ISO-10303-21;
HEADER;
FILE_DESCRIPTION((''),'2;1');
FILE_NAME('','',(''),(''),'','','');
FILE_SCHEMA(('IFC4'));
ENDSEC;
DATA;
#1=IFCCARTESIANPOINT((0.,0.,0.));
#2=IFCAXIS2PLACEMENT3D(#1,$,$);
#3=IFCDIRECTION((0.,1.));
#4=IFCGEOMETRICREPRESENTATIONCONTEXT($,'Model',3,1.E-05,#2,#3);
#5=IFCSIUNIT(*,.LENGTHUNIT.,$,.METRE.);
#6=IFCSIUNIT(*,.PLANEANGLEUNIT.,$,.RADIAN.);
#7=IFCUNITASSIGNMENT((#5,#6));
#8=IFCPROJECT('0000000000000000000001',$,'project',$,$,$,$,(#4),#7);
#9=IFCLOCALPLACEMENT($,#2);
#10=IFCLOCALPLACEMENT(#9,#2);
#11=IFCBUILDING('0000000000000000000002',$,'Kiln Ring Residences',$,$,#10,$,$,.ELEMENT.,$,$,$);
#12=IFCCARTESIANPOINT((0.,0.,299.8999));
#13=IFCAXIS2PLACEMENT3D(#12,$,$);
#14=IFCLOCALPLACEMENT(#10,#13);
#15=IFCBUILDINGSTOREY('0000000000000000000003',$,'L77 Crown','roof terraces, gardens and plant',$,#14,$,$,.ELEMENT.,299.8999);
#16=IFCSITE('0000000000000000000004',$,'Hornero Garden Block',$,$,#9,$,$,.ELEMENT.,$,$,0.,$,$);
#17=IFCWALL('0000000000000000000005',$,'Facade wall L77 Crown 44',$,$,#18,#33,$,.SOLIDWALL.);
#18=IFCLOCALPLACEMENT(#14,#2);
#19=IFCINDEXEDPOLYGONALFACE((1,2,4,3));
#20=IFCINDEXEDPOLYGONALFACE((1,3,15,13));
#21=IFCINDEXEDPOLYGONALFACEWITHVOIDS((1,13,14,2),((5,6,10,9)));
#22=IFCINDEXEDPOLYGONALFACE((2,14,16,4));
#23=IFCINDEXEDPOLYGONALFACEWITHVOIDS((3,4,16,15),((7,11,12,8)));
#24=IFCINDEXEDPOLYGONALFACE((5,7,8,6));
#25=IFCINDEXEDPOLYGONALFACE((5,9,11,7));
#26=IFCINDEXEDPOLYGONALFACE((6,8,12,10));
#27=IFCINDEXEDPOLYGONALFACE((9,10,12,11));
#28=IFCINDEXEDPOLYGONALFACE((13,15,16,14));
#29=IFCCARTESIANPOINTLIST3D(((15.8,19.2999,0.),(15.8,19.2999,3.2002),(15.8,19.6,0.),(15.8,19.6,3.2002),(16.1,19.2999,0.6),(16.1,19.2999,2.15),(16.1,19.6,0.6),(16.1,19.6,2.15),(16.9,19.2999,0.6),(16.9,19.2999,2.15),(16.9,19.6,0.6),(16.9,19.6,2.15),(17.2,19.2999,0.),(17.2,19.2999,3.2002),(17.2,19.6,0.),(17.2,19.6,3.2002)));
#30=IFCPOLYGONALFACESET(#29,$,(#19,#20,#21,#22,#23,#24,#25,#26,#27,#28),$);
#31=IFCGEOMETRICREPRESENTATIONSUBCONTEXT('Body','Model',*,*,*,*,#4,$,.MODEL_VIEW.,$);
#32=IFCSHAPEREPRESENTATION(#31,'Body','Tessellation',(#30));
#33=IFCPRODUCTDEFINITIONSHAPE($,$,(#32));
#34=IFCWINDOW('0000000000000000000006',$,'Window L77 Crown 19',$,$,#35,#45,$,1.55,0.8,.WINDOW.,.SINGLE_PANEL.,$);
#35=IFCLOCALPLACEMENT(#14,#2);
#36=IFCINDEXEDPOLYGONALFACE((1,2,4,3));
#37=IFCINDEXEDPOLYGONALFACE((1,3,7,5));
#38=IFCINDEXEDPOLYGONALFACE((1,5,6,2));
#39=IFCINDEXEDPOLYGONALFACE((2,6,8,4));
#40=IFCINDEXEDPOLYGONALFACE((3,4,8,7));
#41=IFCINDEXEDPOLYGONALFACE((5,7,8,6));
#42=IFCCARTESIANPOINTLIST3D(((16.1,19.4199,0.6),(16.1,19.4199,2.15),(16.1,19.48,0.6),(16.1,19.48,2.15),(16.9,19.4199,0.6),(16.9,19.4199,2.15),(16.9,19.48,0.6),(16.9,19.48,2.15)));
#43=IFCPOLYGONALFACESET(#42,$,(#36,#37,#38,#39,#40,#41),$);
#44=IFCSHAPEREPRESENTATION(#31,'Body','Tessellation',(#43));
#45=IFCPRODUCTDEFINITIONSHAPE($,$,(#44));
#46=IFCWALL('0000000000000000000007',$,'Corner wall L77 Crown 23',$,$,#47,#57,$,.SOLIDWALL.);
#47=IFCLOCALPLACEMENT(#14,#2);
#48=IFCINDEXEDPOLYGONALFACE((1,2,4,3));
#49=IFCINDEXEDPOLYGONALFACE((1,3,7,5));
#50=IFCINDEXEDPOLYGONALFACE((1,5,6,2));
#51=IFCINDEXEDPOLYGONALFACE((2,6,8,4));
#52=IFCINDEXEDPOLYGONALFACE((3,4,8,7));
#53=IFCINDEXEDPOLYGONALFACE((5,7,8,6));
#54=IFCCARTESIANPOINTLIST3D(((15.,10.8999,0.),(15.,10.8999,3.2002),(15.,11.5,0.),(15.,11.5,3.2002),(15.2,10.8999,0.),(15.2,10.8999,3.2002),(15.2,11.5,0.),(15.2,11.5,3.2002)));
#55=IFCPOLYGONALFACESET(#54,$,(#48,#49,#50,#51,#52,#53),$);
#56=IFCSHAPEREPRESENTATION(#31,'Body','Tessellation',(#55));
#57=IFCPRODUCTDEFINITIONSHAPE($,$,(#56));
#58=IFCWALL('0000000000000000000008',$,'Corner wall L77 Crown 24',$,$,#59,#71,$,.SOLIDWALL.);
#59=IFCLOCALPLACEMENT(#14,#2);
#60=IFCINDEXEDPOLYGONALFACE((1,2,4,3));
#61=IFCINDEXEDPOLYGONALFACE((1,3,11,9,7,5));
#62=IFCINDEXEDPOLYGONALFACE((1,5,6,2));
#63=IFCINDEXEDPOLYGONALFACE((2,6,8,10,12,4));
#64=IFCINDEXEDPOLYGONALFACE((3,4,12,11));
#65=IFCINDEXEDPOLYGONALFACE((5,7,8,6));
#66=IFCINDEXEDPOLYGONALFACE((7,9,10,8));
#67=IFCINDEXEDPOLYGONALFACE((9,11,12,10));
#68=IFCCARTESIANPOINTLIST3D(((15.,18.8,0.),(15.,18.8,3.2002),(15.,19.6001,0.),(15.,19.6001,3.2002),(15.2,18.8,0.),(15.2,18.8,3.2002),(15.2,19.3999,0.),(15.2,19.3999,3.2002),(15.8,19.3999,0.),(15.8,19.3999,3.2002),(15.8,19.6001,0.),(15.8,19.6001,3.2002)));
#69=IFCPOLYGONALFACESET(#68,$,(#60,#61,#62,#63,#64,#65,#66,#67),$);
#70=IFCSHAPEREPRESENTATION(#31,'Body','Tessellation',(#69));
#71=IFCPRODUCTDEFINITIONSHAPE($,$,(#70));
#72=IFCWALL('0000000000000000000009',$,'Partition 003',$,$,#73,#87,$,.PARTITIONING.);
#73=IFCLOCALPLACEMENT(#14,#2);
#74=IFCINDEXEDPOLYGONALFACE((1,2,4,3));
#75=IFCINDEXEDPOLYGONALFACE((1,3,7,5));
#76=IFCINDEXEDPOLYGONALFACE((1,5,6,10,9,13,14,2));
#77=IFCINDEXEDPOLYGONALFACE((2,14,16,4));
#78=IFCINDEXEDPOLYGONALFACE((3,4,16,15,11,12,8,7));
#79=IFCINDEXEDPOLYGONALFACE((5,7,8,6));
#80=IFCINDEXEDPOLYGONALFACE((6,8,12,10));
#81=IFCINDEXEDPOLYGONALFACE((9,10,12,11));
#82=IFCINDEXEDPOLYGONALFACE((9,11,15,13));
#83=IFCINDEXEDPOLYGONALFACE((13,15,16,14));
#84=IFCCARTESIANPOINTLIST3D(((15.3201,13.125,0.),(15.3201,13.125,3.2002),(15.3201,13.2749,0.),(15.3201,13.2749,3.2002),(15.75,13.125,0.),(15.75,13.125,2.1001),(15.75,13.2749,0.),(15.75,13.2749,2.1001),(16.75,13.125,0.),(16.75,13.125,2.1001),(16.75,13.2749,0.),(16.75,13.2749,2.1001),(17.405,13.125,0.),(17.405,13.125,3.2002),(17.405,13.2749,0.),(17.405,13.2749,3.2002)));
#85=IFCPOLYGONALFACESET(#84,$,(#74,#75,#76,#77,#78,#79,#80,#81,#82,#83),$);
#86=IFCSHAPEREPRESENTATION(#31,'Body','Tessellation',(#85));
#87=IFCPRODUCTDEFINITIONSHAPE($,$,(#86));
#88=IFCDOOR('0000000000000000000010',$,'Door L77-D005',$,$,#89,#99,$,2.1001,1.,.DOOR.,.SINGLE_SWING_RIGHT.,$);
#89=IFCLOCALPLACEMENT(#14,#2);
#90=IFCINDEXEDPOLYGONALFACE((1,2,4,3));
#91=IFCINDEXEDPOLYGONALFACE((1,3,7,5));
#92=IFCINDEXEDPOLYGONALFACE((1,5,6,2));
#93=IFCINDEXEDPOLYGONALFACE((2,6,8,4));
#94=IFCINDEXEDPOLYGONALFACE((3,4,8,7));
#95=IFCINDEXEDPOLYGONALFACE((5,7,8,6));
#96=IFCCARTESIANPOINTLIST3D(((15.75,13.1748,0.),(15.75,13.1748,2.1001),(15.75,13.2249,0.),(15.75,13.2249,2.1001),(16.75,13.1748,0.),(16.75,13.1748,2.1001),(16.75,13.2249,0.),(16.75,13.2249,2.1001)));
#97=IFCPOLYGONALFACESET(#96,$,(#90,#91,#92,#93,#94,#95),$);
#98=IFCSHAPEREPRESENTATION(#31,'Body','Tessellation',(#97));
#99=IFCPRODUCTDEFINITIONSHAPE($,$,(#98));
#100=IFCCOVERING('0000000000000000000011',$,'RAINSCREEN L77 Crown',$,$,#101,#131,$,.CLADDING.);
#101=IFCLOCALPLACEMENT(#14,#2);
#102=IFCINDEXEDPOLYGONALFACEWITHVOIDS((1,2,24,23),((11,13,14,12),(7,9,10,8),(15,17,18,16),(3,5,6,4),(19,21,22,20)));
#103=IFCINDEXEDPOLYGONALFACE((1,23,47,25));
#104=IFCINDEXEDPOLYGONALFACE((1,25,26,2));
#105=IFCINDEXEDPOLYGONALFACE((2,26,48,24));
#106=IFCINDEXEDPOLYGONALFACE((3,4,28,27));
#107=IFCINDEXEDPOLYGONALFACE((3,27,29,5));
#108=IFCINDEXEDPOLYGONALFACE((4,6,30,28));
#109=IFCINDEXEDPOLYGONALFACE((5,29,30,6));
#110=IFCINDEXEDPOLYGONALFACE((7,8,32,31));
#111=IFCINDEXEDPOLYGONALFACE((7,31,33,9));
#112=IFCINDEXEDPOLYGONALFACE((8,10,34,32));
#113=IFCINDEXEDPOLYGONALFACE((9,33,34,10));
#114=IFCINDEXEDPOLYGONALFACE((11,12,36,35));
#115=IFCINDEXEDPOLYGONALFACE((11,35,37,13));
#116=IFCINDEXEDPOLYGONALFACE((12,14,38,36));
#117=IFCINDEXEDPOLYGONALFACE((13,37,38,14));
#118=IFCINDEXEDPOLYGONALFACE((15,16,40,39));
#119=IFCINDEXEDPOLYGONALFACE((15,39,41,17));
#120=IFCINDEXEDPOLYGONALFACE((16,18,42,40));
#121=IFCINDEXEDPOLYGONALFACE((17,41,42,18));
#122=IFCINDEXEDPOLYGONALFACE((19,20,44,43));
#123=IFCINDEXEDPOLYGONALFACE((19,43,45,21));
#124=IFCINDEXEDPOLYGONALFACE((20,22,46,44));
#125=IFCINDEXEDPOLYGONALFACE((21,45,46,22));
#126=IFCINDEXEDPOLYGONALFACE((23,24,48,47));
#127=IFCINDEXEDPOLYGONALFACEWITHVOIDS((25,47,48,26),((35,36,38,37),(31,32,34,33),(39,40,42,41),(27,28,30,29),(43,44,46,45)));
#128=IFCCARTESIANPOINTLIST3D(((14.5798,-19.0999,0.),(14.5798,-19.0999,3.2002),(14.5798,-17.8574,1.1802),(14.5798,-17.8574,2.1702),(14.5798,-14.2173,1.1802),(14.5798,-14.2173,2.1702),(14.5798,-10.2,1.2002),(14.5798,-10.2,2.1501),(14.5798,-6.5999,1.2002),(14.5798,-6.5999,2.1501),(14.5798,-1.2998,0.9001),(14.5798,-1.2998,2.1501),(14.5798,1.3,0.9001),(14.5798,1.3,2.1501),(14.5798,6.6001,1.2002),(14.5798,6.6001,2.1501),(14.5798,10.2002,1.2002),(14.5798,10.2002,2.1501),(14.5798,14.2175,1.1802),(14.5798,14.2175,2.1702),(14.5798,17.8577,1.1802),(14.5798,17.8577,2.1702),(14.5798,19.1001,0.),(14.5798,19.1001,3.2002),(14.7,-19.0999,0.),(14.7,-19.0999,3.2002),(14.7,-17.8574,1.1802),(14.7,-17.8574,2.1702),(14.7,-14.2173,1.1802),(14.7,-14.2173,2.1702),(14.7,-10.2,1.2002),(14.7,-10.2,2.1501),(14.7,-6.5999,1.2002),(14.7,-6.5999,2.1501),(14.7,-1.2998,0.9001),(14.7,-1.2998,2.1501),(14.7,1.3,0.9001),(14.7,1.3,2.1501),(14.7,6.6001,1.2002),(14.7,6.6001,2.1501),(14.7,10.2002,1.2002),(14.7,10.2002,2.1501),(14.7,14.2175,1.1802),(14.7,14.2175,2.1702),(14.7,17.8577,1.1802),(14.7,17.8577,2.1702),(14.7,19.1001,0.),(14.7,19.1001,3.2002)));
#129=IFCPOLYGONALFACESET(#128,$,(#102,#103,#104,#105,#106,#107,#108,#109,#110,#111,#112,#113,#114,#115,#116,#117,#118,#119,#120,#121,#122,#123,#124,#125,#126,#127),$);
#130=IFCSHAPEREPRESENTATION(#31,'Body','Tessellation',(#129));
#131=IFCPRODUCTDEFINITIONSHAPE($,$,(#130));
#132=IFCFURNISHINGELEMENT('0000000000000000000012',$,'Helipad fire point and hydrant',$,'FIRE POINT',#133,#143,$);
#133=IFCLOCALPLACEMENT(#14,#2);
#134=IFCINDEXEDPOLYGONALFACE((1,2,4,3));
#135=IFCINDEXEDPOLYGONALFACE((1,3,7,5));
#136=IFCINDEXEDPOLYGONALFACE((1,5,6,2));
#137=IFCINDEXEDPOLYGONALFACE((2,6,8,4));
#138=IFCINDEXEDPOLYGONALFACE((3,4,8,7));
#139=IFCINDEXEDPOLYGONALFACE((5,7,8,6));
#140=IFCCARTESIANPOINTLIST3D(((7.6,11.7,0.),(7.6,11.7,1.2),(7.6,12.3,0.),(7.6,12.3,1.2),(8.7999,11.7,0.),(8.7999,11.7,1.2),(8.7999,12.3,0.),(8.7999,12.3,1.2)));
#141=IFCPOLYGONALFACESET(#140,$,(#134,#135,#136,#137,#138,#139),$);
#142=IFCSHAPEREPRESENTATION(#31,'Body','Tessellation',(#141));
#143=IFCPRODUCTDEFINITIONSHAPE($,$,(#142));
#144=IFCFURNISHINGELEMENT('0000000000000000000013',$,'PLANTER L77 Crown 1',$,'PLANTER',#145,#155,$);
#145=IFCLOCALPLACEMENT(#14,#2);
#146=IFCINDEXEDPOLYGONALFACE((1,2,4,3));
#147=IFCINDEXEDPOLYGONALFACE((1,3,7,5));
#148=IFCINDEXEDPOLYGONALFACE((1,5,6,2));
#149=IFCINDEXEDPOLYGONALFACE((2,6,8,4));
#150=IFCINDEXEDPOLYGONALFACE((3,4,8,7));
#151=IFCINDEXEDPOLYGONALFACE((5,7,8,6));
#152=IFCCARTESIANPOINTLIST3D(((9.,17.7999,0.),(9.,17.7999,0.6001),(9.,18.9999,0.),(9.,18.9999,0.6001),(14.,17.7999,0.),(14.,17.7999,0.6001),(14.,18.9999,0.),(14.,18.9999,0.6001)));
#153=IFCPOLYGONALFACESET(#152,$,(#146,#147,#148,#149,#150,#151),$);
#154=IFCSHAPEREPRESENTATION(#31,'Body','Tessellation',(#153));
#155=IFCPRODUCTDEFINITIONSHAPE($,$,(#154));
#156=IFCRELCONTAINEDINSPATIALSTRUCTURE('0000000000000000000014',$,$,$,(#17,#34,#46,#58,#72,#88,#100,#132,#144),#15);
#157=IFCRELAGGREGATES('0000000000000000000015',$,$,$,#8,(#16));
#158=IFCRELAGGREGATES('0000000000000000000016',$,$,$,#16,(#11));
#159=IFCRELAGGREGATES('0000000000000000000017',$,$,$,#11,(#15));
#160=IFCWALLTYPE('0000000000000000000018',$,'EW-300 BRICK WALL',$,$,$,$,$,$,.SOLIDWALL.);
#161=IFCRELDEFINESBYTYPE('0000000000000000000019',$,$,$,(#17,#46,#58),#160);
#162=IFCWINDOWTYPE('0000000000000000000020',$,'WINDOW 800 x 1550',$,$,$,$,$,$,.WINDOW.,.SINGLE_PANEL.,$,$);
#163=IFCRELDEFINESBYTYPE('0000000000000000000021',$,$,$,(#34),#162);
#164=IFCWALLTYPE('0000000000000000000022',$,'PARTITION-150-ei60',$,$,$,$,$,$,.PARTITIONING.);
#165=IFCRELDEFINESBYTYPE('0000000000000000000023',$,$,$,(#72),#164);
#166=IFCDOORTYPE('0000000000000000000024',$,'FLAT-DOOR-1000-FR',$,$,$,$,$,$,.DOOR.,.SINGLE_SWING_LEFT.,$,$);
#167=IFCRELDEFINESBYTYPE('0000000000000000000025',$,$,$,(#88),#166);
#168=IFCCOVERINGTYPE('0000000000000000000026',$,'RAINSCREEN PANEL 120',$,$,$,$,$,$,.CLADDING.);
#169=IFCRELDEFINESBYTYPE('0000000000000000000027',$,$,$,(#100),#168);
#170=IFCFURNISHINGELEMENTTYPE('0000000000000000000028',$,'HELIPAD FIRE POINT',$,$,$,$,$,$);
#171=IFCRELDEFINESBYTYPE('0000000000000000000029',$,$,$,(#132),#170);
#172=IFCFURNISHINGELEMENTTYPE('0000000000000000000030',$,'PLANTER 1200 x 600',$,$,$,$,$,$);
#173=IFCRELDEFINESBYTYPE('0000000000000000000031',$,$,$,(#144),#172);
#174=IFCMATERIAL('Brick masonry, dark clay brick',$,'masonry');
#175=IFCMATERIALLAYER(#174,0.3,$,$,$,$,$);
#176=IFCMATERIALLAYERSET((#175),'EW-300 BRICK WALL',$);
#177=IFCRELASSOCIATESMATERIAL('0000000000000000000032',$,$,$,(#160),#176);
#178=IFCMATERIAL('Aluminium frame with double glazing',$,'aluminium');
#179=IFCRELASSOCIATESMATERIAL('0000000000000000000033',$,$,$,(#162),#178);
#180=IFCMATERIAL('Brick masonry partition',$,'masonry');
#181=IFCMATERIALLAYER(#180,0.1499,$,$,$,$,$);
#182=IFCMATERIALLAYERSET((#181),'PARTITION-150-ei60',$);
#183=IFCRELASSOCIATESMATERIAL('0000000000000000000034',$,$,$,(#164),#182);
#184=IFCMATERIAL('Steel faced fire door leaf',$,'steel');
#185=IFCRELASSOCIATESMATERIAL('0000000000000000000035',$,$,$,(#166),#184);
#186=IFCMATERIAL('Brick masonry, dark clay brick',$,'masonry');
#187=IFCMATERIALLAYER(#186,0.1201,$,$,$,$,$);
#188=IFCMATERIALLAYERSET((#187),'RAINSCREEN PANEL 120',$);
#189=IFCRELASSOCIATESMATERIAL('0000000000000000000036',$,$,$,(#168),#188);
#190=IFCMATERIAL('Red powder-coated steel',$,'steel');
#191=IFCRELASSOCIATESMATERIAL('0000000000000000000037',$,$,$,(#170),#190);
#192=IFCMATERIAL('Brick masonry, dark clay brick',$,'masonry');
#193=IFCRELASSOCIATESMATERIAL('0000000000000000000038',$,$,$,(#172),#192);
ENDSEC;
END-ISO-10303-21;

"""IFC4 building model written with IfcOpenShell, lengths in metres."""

from ifc_helpers import new_model, si_unit, direction, frame, frame_2d, origin, origin_2d, place, context, subcontext, project, spatial, polyline, rectangle, outline, extrude, material, layer, layer_set, type_object, element, fill, save


model = new_model("IFC4")

# Units and contexts
model_context = context("Model", 3, precision=1e-05, world=origin(), true_north=direction((0.0, 1.0)))
body_context = subcontext(model_context, "Body", "Model", "MODEL_VIEW")
ifc_project = project(units=[si_unit("LENGTHUNIT", "METRE"), si_unit("PLANEANGLEUNIT", "RADIAN")], contexts=[model_context])

# Site, building, storey
site_placement = place(None, origin())
site = spatial("IfcSite", under=ifc_project, at=site_placement, Name="Hornero Garden Block", CompositionType="ELEMENT", RefElevation=0.0)
building_placement = place(site_placement, origin())
building = spatial("IfcBuilding", under=site, at=building_placement, Name="Kiln Ring Residences", CompositionType="ELEMENT")
storey_placement = place(building_placement, frame((0.0, 0.0, 299.8999)))
storey = spatial("IfcBuildingStorey", under=building, at=storey_placement, Name="L77 Crown", Description="roof terraces, gardens and plant", CompositionType="ELEMENT", Elevation=299.8999)

# Shared definitions
ifc_material_1 = material(Name="Brick masonry, dark clay brick", Category="masonry")
ifc_layer_1 = layer(ifc_material_1, 0.3)
ifc_layer_set_1 = layer_set([ifc_layer_1], Name="EW-300 BRICK WALL")
wall_type_1 = type_object("IfcWallType", Name="EW-300 BRICK WALL", PredefinedType="SOLIDWALL", material=ifc_layer_set_1)

# Wall, opening, window
wall_1_placement = place(storey_placement, frame((17.2, 19.45, 0.0), z_axis=(0.0, 0.0, 1.0), x_axis=(-1.0, 0.0, 0.0)))
wall_1 = element("IfcWall", 1, at=wall_1_placement, inside=storey, type_object=wall_type_1, Name="Facade wall L77 Crown 44", PredefinedType="SOLIDWALL", context=body_context, shape_type="SweptSolid", body=[
    extrude(rectangle(XDim=1.3999, YDim=0.3, at=frame_2d((0.7, 0.0))), origin(), (0.0, 0.0, 1.0), 3.2002),
])
opening_1_placement = place(wall_1_placement, frame((0.3, 0.0, 0.6001)))
opening_1 = element("IfcOpeningElement", 2, at=opening_1_placement, cuts=wall_1, PredefinedType="OPENING", context=body_context, shape_type="SweptSolid", body=[
    extrude(rectangle(XDim=0.8, YDim=1.55, at=frame_2d((0.3999, 0.7749))), frame((0.0, 0.1599, 0.0), z_axis=(0.0, -1.0, 0.0), x_axis=(1.0, 0.0, 0.0)), (0.0, 0.0, 1.0), 0.3201),
])
ifc_material_2 = material(Name="Aluminium frame with double glazing", Category="aluminium")
window_type_1 = type_object("IfcWindowType", Name="WINDOW 800 x 1550", PartitioningType="SINGLE_PANEL", PredefinedType="WINDOW", material=ifc_material_2)
window_1_placement = place(opening_1_placement, origin())
window_1 = element("IfcWindow", 3, at=window_1_placement, inside=storey, type_object=window_type_1, Name="Window L77 Crown 19", OverallHeight=1.55, OverallWidth=0.8, PartitioningType="SINGLE_PANEL", PredefinedType="WINDOW", context=body_context, shape_type="SweptSolid", body=[
    extrude(rectangle(XDim=0.8, YDim=1.55, at=frame_2d((0.3999, 0.7749))), frame((0.0, 0.03, 0.0), z_axis=(0.0, -1.0, 0.0), x_axis=(1.0, 0.0, 0.0)), (0.0, 0.0, 1.0), 0.0601),
])
fill(opening_1, window_1)

# Walls
placement = place(storey_placement, origin())
element("IfcWall", 4, at=placement, inside=storey, type_object=wall_type_1, Name="Corner wall L77 Crown 23", PredefinedType="SOLIDWALL", context=body_context, shape_type="SweptSolid", body=[
    extrude(outline(polyline([(15.2, 11.5), (15.0, 11.5), (15.0, 10.8999), (15.2, 10.8999), (15.2, 11.5)])), origin(), (0.0, 0.0, 1.0), 3.2002),
])
element("IfcWall", 5, at=placement, inside=storey, type_object=wall_type_1, Name="Corner wall L77 Crown 24", PredefinedType="SOLIDWALL", context=body_context, shape_type="SweptSolid", body=[
    extrude(outline(polyline([(15.8, 19.6001), (15.0, 19.6001), (15.0, 18.8), (15.2, 18.8), (15.2, 19.3999), (15.8, 19.3999), (15.8, 19.6001)])), origin(), (0.0, 0.0, 1.0), 3.2002),
])

# Wall, opening, door
ifc_material_3 = material(Name="Brick masonry partition", Category="masonry")
ifc_layer_2 = layer(ifc_material_3, 0.1499)
ifc_layer_set_2 = layer_set([ifc_layer_2], Name="PARTITION-150-ei60")
wall_type_2 = type_object("IfcWallType", Name="PARTITION-150-ei60", PredefinedType="PARTITIONING", material=ifc_layer_set_2)
wall_2_placement = place(storey_placement, frame((15.3201, 13.2, 0.0), z_axis=(0.0, 0.0, 1.0), x_axis=(1.0, 0.0, 0.0)))
wall_2 = element("IfcWall", 6, at=wall_2_placement, inside=storey, type_object=wall_type_2, Name="Partition 003", PredefinedType="PARTITIONING", context=body_context, shape_type="SweptSolid", body=[
    extrude(rectangle(XDim=2.085, YDim=0.1499, at=frame_2d((1.0425, 0.0))), origin(), (0.0, 0.0, 1.0), 3.2002),
])
opening_2_placement = place(wall_2_placement, frame((0.4299, 0.0, 0.0)))
opening_2 = element("IfcOpeningElement", 7, at=opening_2_placement, cuts=wall_2, PredefinedType="OPENING", context=body_context, shape_type="SweptSolid", body=[
    extrude(rectangle(XDim=1.0, YDim=2.1001, at=frame_2d((0.5, 1.05))), frame((0.0, 0.085, 0.0), z_axis=(0.0, -1.0, 0.0), x_axis=(1.0, 0.0, 0.0)), (0.0, 0.0, 1.0), 0.1699),
])
ifc_material_4 = material(Name="Steel faced fire door leaf", Category="steel")
door_type_1 = type_object("IfcDoorType", Name="FLAT-DOOR-1000-FR", OperationType="SINGLE_SWING_LEFT", PredefinedType="DOOR", material=ifc_material_4)
door_1_placement = place(opening_2_placement, origin())
door_1 = element("IfcDoor", 8, at=door_1_placement, inside=storey, type_object=door_type_1, Name="Door L77-D005", OperationType="SINGLE_SWING_RIGHT", OverallHeight=2.1001, OverallWidth=1.0, PredefinedType="DOOR", context=body_context, shape_type="SweptSolid", body=[
    extrude(rectangle(XDim=1.0, YDim=2.1001, at=frame_2d((0.5, 1.05))), frame((0.0, 0.0249, 0.0), z_axis=(0.0, -1.0, 0.0), x_axis=(1.0, 0.0, 0.0)), (0.0, 0.0, 1.0), 0.05),
])
fill(opening_2, door_1)

# Covering
ifc_material_5 = material(Name="Brick masonry, dark clay brick", Category="masonry")
ifc_layer_3 = layer(ifc_material_5, 0.1201)
ifc_layer_set_3 = layer_set([ifc_layer_3], Name="RAINSCREEN PANEL 120")
covering_type = type_object("IfcCoveringType", Name="RAINSCREEN PANEL 120", PredefinedType="CLADDING", material=ifc_layer_set_3)
covering_placement = place(storey_placement, frame((14.6399, 19.1001, 0.0), z_axis=(0.0, 0.0, 1.0), x_axis=(0.0, -1.0, 0.0)))
element("IfcCovering", 9, at=covering_placement, inside=storey, type_object=covering_type, Name="RAINSCREEN L77 Crown", PredefinedType="CLADDING", context=body_context, shape_type="SweptSolid", body=[
    extrude(outline(polyline([(0.0, 0.0), (38.2, 0.0), (38.2, 3.2002), (0.0, 3.2002), (0.0, 0.0)]), holes=[polyline([(20.3999, 0.9001), (20.3999, 2.1501), (17.8, 2.1501), (17.8, 0.9001), (20.3999, 0.9001)]), polyline([(4.8826, 1.1802), (4.8826, 2.1702), (1.2424, 2.1702), (1.2424, 1.1802), (4.8826, 1.1802)]), polyline([(12.5, 1.2002), (12.5, 2.1501), (8.8999, 2.1501), (8.8999, 1.2002), (12.5, 1.2002)]), polyline([(25.7, 1.2002), (29.3, 1.2002), (29.3, 2.1501), (25.7, 2.1501), (25.7, 1.2002)]), polyline([(33.3174, 1.1802), (36.9575, 1.1802), (36.9575, 2.1702), (33.3174, 2.1702), (33.3174, 1.1802)])]), frame((0.0, 0.0601, 0.0), z_axis=(0.0, -1.0, 0.0), x_axis=(1.0, 0.0, 0.0)), (0.0, 0.0, 1.0), 0.1201),
])

# Furnishing elements
ifc_material_6 = material(Name="Red powder-coated steel", Category="steel")
furnishing_element_type_1 = type_object("IfcFurnishingElementType", Name="HELIPAD FIRE POINT", material=ifc_material_6)
furnishing_1_placement = place(storey_placement, frame((8.2, 12.0, 0.0), z_axis=(0.0, 0.0, 1.0), x_axis=(1.0, 0.0, 0.0)))
element("IfcFurnishingElement", 10, at=furnishing_1_placement, inside=storey, type_object=furnishing_element_type_1, Name="Helipad fire point and hydrant", ObjectType="FIRE POINT", context=body_context, shape_type="SweptSolid", body=[
    extrude(rectangle(XDim=1.2, YDim=0.6001, at=origin_2d()), origin(), (0.0, 0.0, 1.0), 1.2),
])
ifc_material_7 = material(Name="Brick masonry, dark clay brick", Category="masonry")
furnishing_element_type_2 = type_object("IfcFurnishingElementType", Name="PLANTER 1200 x 600", material=ifc_material_7)
furnishing_2_placement = place(storey_placement, frame((11.5, 18.3999, 0.0), z_axis=(0.0, 0.0, 1.0), x_axis=(1.0, 0.0, 0.0)))
element("IfcFurnishingElement", 11, at=furnishing_2_placement, inside=storey, type_object=furnishing_element_type_2, Name="PLANTER L77 Crown 1", ObjectType="PLANTER", context=body_context, shape_type="SweptSolid", body=[
    extrude(rectangle(XDim=5.0, YDim=1.2, at=origin_2d()), origin(), (0.0, 0.0, 1.0), 0.6001),
])

save(model, "model.ifc")
